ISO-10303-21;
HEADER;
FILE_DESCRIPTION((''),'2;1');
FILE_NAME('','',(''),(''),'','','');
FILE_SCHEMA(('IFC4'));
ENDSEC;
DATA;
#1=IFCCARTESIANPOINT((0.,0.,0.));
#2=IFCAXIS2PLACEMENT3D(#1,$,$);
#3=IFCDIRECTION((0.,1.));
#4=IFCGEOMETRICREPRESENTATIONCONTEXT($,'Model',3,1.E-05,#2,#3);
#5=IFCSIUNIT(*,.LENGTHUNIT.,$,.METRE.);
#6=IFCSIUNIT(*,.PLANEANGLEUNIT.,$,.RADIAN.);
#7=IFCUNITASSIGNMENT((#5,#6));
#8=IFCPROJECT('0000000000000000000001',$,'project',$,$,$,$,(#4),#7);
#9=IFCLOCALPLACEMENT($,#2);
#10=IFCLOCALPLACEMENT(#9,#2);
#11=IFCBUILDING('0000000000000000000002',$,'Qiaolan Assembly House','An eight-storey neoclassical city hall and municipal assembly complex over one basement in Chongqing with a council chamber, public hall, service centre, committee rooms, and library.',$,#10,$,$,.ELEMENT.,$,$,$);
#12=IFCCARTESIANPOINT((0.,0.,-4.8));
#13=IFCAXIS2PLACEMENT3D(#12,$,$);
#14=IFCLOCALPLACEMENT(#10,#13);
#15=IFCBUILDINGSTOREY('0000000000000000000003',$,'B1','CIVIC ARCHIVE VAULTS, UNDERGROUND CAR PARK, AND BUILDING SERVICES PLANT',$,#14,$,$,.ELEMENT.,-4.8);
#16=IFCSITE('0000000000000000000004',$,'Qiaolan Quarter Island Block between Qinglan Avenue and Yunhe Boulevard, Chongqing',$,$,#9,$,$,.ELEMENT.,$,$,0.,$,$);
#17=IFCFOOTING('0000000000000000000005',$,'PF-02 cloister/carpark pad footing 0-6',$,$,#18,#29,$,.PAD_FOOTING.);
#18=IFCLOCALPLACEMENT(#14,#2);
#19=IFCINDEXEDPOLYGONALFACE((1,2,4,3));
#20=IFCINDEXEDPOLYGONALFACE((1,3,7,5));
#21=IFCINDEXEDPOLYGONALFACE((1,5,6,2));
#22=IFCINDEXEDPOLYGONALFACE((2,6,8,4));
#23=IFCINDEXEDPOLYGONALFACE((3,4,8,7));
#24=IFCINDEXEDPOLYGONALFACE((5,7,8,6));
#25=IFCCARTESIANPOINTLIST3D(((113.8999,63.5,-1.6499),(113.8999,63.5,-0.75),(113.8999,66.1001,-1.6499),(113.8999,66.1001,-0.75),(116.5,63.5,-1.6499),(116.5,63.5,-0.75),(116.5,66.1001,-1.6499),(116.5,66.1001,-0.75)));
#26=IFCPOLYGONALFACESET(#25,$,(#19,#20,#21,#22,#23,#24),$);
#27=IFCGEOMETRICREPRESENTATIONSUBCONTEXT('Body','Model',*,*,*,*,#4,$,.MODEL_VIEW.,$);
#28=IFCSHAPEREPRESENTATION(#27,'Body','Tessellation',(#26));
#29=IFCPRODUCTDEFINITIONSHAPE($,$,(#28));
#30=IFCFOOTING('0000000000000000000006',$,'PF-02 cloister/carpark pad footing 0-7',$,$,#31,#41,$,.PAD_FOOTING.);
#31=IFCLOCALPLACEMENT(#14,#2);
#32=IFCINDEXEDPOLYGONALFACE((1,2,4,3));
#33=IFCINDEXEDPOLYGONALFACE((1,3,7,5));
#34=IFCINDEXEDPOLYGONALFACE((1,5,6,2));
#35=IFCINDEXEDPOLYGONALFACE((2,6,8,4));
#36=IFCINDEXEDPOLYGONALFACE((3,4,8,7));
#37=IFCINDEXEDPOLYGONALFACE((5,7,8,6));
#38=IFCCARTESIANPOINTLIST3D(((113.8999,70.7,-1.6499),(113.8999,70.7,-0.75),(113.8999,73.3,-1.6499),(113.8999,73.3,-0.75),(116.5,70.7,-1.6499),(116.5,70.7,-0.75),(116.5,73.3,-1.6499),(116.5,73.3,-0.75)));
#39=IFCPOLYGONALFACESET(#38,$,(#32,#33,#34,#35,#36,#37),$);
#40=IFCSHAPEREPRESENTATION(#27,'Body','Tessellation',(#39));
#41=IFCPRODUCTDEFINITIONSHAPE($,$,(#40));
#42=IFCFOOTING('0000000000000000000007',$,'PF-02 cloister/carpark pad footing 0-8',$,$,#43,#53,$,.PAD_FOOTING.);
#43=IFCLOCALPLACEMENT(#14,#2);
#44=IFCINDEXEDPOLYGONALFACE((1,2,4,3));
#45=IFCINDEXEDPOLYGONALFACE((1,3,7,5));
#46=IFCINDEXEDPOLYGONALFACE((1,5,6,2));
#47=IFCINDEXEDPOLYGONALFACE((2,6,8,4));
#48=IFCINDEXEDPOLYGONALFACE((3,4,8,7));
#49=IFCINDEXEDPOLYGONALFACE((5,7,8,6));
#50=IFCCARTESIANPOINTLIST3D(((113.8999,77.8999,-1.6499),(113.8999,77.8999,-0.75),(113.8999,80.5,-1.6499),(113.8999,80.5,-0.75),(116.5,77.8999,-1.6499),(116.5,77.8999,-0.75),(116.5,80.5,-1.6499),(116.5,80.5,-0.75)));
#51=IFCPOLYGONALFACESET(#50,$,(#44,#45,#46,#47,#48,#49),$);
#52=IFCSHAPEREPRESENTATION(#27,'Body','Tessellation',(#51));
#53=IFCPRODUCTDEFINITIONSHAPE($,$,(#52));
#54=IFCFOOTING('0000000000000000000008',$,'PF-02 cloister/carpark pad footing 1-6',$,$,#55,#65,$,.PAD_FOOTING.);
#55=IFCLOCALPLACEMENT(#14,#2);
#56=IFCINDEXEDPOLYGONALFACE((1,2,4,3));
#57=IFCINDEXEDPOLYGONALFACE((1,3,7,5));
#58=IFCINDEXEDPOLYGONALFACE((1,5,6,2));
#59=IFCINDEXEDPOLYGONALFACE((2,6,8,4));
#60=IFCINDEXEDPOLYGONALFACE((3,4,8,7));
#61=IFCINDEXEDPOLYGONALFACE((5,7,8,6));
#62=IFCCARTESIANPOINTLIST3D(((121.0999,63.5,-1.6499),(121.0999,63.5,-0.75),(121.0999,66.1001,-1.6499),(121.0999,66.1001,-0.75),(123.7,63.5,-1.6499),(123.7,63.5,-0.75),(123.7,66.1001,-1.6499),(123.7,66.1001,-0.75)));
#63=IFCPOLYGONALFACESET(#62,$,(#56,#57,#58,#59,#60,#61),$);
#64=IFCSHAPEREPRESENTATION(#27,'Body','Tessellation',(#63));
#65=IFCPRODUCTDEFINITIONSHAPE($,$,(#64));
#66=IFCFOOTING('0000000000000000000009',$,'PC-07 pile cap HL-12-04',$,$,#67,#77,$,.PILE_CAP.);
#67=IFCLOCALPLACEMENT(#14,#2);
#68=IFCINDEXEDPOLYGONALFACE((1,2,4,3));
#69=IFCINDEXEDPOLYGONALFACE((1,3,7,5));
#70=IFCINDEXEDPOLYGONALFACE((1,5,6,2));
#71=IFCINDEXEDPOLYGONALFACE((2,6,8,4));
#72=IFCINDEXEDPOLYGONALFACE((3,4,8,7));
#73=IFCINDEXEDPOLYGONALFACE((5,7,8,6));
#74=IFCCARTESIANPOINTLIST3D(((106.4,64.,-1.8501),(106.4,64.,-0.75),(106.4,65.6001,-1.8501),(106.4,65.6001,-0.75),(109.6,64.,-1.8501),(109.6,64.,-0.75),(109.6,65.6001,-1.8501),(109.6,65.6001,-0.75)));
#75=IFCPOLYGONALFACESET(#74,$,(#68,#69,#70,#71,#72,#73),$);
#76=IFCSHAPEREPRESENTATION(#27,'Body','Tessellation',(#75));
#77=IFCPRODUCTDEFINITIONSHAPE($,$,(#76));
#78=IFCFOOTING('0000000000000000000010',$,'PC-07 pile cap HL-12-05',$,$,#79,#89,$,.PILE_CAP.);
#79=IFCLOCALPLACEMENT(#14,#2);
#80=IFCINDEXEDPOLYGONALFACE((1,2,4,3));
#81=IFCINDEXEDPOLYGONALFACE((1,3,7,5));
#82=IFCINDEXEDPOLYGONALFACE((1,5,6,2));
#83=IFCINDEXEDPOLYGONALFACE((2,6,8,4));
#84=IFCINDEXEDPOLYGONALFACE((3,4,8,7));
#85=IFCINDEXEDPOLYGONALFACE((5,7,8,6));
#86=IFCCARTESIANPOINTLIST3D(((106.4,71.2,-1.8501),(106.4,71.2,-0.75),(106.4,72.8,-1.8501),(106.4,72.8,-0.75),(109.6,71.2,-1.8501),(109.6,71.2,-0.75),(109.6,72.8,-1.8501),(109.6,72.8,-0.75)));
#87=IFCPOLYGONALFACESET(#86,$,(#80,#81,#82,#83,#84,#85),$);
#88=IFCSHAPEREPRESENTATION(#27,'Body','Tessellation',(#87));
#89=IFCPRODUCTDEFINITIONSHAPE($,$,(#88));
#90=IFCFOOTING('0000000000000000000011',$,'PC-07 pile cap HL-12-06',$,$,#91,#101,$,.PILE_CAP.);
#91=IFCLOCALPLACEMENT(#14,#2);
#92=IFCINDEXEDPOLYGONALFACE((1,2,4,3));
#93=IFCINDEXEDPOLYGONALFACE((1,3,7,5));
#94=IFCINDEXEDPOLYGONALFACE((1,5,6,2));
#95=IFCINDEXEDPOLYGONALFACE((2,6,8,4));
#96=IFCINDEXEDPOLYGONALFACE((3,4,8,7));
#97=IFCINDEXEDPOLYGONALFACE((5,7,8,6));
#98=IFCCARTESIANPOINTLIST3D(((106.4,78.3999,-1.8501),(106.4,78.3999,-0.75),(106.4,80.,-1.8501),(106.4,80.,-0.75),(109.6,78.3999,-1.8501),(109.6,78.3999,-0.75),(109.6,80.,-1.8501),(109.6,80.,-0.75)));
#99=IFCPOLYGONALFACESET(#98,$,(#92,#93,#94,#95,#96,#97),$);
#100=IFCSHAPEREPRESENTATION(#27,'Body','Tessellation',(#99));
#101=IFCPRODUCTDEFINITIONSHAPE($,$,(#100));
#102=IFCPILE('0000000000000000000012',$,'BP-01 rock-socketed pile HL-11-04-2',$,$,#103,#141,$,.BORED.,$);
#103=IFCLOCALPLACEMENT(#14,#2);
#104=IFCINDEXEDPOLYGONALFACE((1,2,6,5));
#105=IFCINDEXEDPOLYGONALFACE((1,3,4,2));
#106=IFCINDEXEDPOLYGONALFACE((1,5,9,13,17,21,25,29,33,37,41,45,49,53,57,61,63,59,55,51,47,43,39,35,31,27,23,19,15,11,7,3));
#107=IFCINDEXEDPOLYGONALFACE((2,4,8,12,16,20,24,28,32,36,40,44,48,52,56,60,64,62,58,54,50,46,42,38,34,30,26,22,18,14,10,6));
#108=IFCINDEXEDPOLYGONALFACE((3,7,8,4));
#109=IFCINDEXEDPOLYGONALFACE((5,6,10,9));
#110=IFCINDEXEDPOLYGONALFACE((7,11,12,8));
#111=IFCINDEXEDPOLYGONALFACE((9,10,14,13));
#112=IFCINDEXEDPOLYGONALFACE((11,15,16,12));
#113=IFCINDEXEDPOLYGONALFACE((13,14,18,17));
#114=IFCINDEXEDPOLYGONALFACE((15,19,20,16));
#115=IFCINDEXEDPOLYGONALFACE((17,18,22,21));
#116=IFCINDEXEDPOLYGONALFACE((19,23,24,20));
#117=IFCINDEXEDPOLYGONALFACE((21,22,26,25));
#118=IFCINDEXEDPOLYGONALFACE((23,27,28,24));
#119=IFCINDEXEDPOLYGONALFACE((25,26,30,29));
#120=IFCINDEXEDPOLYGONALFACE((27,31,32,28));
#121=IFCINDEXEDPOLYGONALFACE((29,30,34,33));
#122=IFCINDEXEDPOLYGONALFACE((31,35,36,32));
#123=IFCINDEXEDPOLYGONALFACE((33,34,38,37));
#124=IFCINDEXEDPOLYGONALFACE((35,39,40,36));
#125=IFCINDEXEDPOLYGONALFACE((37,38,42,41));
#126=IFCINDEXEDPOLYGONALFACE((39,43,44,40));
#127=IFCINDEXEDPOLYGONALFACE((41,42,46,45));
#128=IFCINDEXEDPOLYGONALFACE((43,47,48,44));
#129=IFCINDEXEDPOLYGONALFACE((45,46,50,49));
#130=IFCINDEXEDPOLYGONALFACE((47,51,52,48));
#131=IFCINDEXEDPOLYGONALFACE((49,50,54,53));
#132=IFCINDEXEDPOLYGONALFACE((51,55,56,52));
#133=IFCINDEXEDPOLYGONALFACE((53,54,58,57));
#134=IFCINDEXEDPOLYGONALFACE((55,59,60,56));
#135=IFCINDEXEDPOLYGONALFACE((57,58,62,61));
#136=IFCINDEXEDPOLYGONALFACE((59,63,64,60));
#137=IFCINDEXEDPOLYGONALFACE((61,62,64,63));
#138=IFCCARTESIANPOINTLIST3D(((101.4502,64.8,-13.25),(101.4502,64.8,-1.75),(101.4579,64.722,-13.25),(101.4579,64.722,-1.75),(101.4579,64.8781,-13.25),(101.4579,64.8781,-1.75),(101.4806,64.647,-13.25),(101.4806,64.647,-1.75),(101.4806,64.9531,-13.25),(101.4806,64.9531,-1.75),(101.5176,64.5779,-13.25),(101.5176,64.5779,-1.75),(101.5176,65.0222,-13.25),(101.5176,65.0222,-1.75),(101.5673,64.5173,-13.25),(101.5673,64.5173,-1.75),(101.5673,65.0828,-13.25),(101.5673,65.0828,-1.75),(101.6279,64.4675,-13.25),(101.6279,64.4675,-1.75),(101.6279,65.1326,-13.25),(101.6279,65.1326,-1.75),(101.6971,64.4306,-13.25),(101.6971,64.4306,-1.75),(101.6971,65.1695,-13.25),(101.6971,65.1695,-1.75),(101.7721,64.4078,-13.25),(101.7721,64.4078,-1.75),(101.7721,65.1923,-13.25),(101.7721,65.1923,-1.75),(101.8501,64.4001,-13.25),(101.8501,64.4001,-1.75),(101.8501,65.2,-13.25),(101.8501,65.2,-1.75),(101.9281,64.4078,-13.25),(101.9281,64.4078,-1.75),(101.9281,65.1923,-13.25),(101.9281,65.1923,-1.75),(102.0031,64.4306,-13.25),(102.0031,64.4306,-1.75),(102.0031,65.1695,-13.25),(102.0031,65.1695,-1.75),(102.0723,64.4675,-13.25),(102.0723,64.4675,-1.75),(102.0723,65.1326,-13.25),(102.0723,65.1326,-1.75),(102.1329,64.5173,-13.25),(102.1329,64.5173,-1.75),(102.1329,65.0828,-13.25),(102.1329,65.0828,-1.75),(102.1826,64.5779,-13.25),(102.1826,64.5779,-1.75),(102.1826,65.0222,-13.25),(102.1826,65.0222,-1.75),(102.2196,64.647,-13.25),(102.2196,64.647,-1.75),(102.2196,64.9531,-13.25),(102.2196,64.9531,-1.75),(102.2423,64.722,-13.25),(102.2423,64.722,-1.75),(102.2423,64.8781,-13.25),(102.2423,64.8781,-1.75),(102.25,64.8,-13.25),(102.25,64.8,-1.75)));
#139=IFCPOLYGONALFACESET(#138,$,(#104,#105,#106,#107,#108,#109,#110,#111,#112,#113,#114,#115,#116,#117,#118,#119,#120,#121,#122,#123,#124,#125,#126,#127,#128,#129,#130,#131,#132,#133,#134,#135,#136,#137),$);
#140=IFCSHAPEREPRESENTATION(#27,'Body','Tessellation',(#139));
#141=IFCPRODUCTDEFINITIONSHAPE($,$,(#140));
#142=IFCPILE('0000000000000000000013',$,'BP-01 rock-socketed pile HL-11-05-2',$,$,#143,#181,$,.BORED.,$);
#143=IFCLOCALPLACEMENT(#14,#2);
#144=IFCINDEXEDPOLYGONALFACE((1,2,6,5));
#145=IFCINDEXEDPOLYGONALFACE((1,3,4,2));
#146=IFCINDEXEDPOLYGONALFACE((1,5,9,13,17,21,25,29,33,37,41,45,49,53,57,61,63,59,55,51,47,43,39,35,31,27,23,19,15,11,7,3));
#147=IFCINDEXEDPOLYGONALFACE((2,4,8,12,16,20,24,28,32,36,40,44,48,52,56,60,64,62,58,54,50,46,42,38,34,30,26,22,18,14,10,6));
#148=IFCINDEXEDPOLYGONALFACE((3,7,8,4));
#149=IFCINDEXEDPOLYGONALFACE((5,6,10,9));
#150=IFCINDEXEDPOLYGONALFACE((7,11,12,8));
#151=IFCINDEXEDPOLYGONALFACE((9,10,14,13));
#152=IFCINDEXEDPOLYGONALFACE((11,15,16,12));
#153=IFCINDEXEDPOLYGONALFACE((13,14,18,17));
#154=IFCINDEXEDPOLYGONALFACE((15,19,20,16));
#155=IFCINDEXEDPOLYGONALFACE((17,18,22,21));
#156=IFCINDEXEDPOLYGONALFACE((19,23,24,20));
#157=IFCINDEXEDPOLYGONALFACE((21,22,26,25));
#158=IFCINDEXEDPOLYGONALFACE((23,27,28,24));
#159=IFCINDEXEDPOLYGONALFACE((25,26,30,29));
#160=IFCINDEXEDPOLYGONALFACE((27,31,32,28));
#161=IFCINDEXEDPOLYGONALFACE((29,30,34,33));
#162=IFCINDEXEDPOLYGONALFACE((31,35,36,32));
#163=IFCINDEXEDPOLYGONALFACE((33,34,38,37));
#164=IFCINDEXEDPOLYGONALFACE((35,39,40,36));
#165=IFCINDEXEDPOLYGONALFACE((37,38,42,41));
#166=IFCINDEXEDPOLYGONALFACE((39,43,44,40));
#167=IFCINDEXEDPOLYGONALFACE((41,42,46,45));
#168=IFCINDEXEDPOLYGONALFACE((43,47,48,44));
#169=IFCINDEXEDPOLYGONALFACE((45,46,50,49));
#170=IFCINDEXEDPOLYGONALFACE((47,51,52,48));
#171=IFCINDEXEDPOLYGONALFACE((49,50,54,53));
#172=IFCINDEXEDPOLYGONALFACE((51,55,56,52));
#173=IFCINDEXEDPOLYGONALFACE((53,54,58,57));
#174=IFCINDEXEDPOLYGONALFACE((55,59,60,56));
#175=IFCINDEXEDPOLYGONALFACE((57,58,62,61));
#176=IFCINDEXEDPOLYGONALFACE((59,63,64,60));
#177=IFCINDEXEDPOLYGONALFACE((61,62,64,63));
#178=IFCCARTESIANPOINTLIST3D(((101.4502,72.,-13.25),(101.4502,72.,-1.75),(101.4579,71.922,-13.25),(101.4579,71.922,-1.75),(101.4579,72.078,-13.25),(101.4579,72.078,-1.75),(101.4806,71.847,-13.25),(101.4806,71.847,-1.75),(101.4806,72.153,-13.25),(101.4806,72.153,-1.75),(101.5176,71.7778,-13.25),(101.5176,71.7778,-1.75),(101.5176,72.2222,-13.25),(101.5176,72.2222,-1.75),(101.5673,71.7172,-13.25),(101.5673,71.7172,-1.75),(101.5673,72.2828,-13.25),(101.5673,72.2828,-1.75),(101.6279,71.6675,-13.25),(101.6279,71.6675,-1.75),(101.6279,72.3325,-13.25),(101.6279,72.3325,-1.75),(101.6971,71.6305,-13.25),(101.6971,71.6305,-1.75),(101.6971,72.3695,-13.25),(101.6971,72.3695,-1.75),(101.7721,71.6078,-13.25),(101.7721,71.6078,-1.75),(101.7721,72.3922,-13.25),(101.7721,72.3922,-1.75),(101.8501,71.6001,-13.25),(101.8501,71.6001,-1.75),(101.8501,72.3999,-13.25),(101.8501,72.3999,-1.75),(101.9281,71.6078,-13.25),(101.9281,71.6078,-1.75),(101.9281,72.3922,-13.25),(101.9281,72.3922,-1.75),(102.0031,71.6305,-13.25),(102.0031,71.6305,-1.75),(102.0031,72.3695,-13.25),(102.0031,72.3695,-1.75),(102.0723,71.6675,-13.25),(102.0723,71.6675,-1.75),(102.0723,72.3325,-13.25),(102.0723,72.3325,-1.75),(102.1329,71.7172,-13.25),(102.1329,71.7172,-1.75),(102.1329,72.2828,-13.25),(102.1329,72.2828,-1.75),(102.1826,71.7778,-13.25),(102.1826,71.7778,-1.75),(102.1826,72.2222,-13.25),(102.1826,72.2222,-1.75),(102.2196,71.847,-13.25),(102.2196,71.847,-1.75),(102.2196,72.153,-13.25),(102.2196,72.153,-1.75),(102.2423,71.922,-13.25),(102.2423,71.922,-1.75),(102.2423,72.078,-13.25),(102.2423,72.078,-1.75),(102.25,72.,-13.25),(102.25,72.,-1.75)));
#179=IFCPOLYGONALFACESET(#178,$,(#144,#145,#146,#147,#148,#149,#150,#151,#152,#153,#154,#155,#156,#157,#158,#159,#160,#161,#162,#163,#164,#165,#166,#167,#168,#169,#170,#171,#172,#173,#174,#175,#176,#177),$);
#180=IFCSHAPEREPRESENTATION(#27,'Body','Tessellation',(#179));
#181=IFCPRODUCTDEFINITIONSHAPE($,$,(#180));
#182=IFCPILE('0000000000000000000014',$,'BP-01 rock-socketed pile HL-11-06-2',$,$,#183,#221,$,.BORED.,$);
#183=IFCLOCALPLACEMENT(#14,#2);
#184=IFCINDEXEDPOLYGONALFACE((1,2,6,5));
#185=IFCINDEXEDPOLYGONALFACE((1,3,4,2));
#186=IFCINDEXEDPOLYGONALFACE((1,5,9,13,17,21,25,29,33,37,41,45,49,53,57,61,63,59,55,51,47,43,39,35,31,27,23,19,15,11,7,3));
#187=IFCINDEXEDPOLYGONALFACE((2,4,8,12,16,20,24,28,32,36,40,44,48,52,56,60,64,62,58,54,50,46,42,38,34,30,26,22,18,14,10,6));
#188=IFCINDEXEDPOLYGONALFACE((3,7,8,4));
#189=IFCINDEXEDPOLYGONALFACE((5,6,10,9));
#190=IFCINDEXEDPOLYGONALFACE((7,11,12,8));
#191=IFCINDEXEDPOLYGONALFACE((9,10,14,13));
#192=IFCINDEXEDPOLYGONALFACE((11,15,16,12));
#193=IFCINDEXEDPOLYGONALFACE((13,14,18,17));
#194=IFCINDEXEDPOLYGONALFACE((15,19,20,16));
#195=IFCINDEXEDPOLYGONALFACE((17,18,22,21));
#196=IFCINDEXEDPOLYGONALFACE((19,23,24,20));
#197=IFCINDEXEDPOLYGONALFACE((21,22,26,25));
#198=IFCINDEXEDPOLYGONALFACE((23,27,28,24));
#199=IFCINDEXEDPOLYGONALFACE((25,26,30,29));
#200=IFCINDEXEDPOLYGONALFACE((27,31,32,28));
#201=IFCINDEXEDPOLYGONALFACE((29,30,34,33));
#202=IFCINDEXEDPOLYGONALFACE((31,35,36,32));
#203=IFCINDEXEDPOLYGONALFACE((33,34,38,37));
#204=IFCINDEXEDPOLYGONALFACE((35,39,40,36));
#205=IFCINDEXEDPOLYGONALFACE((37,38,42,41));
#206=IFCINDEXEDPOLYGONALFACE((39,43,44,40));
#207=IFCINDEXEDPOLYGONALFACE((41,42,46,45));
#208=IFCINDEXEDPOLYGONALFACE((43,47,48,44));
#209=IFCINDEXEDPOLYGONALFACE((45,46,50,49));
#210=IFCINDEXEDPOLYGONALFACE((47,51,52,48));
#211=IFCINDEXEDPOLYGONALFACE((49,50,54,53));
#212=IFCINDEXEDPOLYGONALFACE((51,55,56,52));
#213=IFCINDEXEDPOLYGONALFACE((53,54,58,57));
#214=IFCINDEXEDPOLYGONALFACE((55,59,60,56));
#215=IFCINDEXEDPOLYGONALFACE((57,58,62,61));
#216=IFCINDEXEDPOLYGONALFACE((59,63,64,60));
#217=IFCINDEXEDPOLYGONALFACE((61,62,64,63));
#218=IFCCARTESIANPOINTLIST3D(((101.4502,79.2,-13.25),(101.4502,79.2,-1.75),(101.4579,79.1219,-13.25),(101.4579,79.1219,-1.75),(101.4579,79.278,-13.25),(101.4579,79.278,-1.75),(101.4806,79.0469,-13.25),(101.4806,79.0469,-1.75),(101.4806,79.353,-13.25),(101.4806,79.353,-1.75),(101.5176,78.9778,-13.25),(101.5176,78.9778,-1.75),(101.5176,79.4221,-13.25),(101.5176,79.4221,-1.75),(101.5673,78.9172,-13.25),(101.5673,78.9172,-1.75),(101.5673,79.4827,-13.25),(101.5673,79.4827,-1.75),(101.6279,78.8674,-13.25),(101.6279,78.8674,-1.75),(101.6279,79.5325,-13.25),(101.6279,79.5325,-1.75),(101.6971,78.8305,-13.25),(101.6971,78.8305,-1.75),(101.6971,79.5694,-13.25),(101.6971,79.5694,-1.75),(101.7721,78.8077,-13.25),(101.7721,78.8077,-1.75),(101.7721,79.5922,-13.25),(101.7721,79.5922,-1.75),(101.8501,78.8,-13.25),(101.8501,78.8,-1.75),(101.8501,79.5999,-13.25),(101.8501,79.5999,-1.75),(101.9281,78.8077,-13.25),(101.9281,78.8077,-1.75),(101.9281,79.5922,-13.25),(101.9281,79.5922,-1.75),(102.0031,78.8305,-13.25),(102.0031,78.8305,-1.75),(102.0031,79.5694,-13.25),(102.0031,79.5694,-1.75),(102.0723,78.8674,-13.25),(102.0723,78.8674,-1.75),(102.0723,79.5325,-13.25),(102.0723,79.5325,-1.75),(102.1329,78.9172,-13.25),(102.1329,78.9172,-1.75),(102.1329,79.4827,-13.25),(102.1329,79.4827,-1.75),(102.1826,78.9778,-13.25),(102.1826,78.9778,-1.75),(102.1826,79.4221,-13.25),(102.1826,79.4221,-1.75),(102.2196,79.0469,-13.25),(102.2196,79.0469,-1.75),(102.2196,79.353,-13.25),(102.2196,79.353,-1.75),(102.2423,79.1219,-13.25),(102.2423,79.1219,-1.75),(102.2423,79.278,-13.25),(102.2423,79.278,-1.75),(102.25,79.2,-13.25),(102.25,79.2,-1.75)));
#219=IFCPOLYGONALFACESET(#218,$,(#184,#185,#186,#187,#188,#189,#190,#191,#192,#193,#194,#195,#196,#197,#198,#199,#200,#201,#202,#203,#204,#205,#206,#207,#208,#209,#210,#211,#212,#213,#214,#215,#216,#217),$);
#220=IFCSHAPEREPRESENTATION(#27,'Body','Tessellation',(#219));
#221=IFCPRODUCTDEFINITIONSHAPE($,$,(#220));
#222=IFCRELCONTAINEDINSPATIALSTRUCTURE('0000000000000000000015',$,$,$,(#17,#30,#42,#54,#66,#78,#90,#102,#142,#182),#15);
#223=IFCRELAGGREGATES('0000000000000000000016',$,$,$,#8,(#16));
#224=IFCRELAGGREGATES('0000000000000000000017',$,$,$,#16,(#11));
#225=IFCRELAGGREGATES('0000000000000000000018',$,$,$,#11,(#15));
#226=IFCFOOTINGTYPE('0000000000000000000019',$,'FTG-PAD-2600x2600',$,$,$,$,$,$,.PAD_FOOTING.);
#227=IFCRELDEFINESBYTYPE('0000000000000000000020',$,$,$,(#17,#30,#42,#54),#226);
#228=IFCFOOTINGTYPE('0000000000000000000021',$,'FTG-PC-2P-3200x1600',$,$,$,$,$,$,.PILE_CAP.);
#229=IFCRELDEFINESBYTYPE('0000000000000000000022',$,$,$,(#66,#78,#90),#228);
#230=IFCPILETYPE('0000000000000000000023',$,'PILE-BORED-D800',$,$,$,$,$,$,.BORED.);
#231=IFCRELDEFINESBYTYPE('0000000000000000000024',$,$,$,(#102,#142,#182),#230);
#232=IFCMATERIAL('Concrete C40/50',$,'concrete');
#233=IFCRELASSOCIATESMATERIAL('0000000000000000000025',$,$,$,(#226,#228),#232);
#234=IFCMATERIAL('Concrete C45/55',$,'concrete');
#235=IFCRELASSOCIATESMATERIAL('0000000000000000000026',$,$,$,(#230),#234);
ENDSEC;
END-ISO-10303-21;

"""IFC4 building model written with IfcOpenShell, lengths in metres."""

from ifc_helpers import new_model, si_unit, direction, frame, origin, origin_2d, place, context, subcontext, project, spatial, rectangle, circle, extrude, material, material_profile, profile_set, type_object, element, save


model = new_model("IFC4")

# Units and contexts
model_context = context("Model", 3, precision=1e-05, world=origin(), true_north=direction((0.0, 1.0)))
body_context = subcontext(model_context, "Body", "Model", "MODEL_VIEW")
ifc_project = project(units=[si_unit("LENGTHUNIT", "METRE"), si_unit("PLANEANGLEUNIT", "RADIAN")], contexts=[model_context])

# Site, building, storey
site_placement = place(None, origin())
site = spatial("IfcSite", under=ifc_project, at=site_placement, Name="Qiaolan Quarter Island Block between Qinglan Avenue and Yunhe Boulevard, Chongqing", CompositionType="ELEMENT", RefElevation=0.0)
building_placement = place(site_placement, origin())
building = spatial("IfcBuilding", under=site, at=building_placement, Name="Qiaolan Assembly House", Description="An eight-storey neoclassical city hall and municipal assembly complex over one basement in Chongqing with a council chamber, public hall, service centre, committee rooms, and library.", CompositionType="ELEMENT")
storey_placement = place(building_placement, frame((0.0, 0.0, -4.8)))
storey = spatial("IfcBuildingStorey", under=building, at=storey_placement, Name="B1", Description="CIVIC ARCHIVE VAULTS, UNDERGROUND CAR PARK, AND BUILDING SERVICES PLANT", CompositionType="ELEMENT", Elevation=-4.8)

# Footings
ifc_material_1 = material(Name="Concrete C40/50", Category="concrete")
footing_type_1 = type_object("IfcFootingType", Name="FTG-PAD-2600x2600", PredefinedType="PAD_FOOTING", material=ifc_material_1)
for number, where, z_axis, x_axis, name in (
    (1, (115.2, 64.8, -1.6499), (0.0, 0.0, 1.0), (1.0, 0.0, 0.0), "PF-02 cloister/carpark pad footing 0-6"),
    (2, (115.2, 72.0, -1.6499), (0.0, 0.0, 1.0), (1.0, 0.0, 0.0), "PF-02 cloister/carpark pad footing 0-7"),
    (3, (115.2, 79.2, -1.6499), (0.0, 0.0, 1.0), (1.0, 0.0, 0.0), "PF-02 cloister/carpark pad footing 0-8"),
    (4, (122.3999, 64.8, -1.6499), (0.0, 0.0, 1.0), (1.0, 0.0, 0.0), "PF-02 cloister/carpark pad footing 1-6"),
):
    element("IfcFooting", number, at=place(storey_placement, frame(where, z_axis=z_axis, x_axis=x_axis)), inside=storey, type_object=footing_type_1, Name=name, PredefinedType="PAD_FOOTING", context=body_context, shape_type="SweptSolid", body=[
        extrude(rectangle(XDim=2.6001, YDim=2.6001, at=origin_2d()), origin(), (0.0, 0.0, 1.0), 0.8999),
    ])
footing_type_2 = type_object("IfcFootingType", Name="FTG-PC-2P-3200x1600", PredefinedType="PILE_CAP", material=ifc_material_1)
for number, where, z_axis, x_axis, name in (
    (5, (108.0, 64.8, -1.8501), (0.0, 0.0, 1.0), (1.0, 0.0, 0.0), "PC-07 pile cap HL-12-04"),
    (6, (108.0, 72.0, -1.8501), (0.0, 0.0, 1.0), (1.0, 0.0, 0.0), "PC-07 pile cap HL-12-05"),
    (7, (108.0, 79.2, -1.8501), (0.0, 0.0, 1.0), (1.0, 0.0, 0.0), "PC-07 pile cap HL-12-06"),
):
    element("IfcFooting", number, at=place(storey_placement, frame(where, z_axis=z_axis, x_axis=x_axis)), inside=storey, type_object=footing_type_2, Name=name, PredefinedType="PILE_CAP", context=body_context, shape_type="SweptSolid", body=[
        extrude(rectangle(XDim=3.2, YDim=1.6001, at=origin_2d()), origin(), (0.0, 0.0, 1.0), 1.1001),
    ])

# Piles
ifc_material_2 = material(Name="Concrete C45/55", Category="concrete")
ifc_material_profile_1 = material_profile(ifc_material_2, circle(Radius=0.3999, at=origin_2d()), Name="PILE D800")
ifc_profile_set_1 = profile_set([ifc_material_profile_1], Name="Concrete C45/55")
pile_type = type_object("IfcPileType", Name="PILE-BORED-D800", PredefinedType="BORED", material=ifc_profile_set_1)
for number, where, z_axis, x_axis, name in (
    (8, (101.8501, 64.8, -1.75), (0.0, 0.0, -1.0), (1.0, 0.0, 0.0), "BP-01 rock-socketed pile HL-11-04-2"),
    (9, (101.8501, 72.0, -1.75), (0.0, 0.0, -1.0), (1.0, 0.0, 0.0), "BP-01 rock-socketed pile HL-11-05-2"),
    (10, (101.8501, 79.2, -1.75), (0.0, 0.0, -1.0), (1.0, 0.0, 0.0), "BP-01 rock-socketed pile HL-11-06-2"),
):
    element("IfcPile", number, at=place(storey_placement, frame(where, z_axis=z_axis, x_axis=x_axis)), inside=storey, type_object=pile_type, Name=name, PredefinedType="BORED", context=body_context, shape_type="SweptSolid", body=[
        extrude(circle(Radius=0.3999, at=origin_2d()), origin(), (0.0, 0.0, 1.0), 11.5),
    ])

save(model, "model.ifc")
